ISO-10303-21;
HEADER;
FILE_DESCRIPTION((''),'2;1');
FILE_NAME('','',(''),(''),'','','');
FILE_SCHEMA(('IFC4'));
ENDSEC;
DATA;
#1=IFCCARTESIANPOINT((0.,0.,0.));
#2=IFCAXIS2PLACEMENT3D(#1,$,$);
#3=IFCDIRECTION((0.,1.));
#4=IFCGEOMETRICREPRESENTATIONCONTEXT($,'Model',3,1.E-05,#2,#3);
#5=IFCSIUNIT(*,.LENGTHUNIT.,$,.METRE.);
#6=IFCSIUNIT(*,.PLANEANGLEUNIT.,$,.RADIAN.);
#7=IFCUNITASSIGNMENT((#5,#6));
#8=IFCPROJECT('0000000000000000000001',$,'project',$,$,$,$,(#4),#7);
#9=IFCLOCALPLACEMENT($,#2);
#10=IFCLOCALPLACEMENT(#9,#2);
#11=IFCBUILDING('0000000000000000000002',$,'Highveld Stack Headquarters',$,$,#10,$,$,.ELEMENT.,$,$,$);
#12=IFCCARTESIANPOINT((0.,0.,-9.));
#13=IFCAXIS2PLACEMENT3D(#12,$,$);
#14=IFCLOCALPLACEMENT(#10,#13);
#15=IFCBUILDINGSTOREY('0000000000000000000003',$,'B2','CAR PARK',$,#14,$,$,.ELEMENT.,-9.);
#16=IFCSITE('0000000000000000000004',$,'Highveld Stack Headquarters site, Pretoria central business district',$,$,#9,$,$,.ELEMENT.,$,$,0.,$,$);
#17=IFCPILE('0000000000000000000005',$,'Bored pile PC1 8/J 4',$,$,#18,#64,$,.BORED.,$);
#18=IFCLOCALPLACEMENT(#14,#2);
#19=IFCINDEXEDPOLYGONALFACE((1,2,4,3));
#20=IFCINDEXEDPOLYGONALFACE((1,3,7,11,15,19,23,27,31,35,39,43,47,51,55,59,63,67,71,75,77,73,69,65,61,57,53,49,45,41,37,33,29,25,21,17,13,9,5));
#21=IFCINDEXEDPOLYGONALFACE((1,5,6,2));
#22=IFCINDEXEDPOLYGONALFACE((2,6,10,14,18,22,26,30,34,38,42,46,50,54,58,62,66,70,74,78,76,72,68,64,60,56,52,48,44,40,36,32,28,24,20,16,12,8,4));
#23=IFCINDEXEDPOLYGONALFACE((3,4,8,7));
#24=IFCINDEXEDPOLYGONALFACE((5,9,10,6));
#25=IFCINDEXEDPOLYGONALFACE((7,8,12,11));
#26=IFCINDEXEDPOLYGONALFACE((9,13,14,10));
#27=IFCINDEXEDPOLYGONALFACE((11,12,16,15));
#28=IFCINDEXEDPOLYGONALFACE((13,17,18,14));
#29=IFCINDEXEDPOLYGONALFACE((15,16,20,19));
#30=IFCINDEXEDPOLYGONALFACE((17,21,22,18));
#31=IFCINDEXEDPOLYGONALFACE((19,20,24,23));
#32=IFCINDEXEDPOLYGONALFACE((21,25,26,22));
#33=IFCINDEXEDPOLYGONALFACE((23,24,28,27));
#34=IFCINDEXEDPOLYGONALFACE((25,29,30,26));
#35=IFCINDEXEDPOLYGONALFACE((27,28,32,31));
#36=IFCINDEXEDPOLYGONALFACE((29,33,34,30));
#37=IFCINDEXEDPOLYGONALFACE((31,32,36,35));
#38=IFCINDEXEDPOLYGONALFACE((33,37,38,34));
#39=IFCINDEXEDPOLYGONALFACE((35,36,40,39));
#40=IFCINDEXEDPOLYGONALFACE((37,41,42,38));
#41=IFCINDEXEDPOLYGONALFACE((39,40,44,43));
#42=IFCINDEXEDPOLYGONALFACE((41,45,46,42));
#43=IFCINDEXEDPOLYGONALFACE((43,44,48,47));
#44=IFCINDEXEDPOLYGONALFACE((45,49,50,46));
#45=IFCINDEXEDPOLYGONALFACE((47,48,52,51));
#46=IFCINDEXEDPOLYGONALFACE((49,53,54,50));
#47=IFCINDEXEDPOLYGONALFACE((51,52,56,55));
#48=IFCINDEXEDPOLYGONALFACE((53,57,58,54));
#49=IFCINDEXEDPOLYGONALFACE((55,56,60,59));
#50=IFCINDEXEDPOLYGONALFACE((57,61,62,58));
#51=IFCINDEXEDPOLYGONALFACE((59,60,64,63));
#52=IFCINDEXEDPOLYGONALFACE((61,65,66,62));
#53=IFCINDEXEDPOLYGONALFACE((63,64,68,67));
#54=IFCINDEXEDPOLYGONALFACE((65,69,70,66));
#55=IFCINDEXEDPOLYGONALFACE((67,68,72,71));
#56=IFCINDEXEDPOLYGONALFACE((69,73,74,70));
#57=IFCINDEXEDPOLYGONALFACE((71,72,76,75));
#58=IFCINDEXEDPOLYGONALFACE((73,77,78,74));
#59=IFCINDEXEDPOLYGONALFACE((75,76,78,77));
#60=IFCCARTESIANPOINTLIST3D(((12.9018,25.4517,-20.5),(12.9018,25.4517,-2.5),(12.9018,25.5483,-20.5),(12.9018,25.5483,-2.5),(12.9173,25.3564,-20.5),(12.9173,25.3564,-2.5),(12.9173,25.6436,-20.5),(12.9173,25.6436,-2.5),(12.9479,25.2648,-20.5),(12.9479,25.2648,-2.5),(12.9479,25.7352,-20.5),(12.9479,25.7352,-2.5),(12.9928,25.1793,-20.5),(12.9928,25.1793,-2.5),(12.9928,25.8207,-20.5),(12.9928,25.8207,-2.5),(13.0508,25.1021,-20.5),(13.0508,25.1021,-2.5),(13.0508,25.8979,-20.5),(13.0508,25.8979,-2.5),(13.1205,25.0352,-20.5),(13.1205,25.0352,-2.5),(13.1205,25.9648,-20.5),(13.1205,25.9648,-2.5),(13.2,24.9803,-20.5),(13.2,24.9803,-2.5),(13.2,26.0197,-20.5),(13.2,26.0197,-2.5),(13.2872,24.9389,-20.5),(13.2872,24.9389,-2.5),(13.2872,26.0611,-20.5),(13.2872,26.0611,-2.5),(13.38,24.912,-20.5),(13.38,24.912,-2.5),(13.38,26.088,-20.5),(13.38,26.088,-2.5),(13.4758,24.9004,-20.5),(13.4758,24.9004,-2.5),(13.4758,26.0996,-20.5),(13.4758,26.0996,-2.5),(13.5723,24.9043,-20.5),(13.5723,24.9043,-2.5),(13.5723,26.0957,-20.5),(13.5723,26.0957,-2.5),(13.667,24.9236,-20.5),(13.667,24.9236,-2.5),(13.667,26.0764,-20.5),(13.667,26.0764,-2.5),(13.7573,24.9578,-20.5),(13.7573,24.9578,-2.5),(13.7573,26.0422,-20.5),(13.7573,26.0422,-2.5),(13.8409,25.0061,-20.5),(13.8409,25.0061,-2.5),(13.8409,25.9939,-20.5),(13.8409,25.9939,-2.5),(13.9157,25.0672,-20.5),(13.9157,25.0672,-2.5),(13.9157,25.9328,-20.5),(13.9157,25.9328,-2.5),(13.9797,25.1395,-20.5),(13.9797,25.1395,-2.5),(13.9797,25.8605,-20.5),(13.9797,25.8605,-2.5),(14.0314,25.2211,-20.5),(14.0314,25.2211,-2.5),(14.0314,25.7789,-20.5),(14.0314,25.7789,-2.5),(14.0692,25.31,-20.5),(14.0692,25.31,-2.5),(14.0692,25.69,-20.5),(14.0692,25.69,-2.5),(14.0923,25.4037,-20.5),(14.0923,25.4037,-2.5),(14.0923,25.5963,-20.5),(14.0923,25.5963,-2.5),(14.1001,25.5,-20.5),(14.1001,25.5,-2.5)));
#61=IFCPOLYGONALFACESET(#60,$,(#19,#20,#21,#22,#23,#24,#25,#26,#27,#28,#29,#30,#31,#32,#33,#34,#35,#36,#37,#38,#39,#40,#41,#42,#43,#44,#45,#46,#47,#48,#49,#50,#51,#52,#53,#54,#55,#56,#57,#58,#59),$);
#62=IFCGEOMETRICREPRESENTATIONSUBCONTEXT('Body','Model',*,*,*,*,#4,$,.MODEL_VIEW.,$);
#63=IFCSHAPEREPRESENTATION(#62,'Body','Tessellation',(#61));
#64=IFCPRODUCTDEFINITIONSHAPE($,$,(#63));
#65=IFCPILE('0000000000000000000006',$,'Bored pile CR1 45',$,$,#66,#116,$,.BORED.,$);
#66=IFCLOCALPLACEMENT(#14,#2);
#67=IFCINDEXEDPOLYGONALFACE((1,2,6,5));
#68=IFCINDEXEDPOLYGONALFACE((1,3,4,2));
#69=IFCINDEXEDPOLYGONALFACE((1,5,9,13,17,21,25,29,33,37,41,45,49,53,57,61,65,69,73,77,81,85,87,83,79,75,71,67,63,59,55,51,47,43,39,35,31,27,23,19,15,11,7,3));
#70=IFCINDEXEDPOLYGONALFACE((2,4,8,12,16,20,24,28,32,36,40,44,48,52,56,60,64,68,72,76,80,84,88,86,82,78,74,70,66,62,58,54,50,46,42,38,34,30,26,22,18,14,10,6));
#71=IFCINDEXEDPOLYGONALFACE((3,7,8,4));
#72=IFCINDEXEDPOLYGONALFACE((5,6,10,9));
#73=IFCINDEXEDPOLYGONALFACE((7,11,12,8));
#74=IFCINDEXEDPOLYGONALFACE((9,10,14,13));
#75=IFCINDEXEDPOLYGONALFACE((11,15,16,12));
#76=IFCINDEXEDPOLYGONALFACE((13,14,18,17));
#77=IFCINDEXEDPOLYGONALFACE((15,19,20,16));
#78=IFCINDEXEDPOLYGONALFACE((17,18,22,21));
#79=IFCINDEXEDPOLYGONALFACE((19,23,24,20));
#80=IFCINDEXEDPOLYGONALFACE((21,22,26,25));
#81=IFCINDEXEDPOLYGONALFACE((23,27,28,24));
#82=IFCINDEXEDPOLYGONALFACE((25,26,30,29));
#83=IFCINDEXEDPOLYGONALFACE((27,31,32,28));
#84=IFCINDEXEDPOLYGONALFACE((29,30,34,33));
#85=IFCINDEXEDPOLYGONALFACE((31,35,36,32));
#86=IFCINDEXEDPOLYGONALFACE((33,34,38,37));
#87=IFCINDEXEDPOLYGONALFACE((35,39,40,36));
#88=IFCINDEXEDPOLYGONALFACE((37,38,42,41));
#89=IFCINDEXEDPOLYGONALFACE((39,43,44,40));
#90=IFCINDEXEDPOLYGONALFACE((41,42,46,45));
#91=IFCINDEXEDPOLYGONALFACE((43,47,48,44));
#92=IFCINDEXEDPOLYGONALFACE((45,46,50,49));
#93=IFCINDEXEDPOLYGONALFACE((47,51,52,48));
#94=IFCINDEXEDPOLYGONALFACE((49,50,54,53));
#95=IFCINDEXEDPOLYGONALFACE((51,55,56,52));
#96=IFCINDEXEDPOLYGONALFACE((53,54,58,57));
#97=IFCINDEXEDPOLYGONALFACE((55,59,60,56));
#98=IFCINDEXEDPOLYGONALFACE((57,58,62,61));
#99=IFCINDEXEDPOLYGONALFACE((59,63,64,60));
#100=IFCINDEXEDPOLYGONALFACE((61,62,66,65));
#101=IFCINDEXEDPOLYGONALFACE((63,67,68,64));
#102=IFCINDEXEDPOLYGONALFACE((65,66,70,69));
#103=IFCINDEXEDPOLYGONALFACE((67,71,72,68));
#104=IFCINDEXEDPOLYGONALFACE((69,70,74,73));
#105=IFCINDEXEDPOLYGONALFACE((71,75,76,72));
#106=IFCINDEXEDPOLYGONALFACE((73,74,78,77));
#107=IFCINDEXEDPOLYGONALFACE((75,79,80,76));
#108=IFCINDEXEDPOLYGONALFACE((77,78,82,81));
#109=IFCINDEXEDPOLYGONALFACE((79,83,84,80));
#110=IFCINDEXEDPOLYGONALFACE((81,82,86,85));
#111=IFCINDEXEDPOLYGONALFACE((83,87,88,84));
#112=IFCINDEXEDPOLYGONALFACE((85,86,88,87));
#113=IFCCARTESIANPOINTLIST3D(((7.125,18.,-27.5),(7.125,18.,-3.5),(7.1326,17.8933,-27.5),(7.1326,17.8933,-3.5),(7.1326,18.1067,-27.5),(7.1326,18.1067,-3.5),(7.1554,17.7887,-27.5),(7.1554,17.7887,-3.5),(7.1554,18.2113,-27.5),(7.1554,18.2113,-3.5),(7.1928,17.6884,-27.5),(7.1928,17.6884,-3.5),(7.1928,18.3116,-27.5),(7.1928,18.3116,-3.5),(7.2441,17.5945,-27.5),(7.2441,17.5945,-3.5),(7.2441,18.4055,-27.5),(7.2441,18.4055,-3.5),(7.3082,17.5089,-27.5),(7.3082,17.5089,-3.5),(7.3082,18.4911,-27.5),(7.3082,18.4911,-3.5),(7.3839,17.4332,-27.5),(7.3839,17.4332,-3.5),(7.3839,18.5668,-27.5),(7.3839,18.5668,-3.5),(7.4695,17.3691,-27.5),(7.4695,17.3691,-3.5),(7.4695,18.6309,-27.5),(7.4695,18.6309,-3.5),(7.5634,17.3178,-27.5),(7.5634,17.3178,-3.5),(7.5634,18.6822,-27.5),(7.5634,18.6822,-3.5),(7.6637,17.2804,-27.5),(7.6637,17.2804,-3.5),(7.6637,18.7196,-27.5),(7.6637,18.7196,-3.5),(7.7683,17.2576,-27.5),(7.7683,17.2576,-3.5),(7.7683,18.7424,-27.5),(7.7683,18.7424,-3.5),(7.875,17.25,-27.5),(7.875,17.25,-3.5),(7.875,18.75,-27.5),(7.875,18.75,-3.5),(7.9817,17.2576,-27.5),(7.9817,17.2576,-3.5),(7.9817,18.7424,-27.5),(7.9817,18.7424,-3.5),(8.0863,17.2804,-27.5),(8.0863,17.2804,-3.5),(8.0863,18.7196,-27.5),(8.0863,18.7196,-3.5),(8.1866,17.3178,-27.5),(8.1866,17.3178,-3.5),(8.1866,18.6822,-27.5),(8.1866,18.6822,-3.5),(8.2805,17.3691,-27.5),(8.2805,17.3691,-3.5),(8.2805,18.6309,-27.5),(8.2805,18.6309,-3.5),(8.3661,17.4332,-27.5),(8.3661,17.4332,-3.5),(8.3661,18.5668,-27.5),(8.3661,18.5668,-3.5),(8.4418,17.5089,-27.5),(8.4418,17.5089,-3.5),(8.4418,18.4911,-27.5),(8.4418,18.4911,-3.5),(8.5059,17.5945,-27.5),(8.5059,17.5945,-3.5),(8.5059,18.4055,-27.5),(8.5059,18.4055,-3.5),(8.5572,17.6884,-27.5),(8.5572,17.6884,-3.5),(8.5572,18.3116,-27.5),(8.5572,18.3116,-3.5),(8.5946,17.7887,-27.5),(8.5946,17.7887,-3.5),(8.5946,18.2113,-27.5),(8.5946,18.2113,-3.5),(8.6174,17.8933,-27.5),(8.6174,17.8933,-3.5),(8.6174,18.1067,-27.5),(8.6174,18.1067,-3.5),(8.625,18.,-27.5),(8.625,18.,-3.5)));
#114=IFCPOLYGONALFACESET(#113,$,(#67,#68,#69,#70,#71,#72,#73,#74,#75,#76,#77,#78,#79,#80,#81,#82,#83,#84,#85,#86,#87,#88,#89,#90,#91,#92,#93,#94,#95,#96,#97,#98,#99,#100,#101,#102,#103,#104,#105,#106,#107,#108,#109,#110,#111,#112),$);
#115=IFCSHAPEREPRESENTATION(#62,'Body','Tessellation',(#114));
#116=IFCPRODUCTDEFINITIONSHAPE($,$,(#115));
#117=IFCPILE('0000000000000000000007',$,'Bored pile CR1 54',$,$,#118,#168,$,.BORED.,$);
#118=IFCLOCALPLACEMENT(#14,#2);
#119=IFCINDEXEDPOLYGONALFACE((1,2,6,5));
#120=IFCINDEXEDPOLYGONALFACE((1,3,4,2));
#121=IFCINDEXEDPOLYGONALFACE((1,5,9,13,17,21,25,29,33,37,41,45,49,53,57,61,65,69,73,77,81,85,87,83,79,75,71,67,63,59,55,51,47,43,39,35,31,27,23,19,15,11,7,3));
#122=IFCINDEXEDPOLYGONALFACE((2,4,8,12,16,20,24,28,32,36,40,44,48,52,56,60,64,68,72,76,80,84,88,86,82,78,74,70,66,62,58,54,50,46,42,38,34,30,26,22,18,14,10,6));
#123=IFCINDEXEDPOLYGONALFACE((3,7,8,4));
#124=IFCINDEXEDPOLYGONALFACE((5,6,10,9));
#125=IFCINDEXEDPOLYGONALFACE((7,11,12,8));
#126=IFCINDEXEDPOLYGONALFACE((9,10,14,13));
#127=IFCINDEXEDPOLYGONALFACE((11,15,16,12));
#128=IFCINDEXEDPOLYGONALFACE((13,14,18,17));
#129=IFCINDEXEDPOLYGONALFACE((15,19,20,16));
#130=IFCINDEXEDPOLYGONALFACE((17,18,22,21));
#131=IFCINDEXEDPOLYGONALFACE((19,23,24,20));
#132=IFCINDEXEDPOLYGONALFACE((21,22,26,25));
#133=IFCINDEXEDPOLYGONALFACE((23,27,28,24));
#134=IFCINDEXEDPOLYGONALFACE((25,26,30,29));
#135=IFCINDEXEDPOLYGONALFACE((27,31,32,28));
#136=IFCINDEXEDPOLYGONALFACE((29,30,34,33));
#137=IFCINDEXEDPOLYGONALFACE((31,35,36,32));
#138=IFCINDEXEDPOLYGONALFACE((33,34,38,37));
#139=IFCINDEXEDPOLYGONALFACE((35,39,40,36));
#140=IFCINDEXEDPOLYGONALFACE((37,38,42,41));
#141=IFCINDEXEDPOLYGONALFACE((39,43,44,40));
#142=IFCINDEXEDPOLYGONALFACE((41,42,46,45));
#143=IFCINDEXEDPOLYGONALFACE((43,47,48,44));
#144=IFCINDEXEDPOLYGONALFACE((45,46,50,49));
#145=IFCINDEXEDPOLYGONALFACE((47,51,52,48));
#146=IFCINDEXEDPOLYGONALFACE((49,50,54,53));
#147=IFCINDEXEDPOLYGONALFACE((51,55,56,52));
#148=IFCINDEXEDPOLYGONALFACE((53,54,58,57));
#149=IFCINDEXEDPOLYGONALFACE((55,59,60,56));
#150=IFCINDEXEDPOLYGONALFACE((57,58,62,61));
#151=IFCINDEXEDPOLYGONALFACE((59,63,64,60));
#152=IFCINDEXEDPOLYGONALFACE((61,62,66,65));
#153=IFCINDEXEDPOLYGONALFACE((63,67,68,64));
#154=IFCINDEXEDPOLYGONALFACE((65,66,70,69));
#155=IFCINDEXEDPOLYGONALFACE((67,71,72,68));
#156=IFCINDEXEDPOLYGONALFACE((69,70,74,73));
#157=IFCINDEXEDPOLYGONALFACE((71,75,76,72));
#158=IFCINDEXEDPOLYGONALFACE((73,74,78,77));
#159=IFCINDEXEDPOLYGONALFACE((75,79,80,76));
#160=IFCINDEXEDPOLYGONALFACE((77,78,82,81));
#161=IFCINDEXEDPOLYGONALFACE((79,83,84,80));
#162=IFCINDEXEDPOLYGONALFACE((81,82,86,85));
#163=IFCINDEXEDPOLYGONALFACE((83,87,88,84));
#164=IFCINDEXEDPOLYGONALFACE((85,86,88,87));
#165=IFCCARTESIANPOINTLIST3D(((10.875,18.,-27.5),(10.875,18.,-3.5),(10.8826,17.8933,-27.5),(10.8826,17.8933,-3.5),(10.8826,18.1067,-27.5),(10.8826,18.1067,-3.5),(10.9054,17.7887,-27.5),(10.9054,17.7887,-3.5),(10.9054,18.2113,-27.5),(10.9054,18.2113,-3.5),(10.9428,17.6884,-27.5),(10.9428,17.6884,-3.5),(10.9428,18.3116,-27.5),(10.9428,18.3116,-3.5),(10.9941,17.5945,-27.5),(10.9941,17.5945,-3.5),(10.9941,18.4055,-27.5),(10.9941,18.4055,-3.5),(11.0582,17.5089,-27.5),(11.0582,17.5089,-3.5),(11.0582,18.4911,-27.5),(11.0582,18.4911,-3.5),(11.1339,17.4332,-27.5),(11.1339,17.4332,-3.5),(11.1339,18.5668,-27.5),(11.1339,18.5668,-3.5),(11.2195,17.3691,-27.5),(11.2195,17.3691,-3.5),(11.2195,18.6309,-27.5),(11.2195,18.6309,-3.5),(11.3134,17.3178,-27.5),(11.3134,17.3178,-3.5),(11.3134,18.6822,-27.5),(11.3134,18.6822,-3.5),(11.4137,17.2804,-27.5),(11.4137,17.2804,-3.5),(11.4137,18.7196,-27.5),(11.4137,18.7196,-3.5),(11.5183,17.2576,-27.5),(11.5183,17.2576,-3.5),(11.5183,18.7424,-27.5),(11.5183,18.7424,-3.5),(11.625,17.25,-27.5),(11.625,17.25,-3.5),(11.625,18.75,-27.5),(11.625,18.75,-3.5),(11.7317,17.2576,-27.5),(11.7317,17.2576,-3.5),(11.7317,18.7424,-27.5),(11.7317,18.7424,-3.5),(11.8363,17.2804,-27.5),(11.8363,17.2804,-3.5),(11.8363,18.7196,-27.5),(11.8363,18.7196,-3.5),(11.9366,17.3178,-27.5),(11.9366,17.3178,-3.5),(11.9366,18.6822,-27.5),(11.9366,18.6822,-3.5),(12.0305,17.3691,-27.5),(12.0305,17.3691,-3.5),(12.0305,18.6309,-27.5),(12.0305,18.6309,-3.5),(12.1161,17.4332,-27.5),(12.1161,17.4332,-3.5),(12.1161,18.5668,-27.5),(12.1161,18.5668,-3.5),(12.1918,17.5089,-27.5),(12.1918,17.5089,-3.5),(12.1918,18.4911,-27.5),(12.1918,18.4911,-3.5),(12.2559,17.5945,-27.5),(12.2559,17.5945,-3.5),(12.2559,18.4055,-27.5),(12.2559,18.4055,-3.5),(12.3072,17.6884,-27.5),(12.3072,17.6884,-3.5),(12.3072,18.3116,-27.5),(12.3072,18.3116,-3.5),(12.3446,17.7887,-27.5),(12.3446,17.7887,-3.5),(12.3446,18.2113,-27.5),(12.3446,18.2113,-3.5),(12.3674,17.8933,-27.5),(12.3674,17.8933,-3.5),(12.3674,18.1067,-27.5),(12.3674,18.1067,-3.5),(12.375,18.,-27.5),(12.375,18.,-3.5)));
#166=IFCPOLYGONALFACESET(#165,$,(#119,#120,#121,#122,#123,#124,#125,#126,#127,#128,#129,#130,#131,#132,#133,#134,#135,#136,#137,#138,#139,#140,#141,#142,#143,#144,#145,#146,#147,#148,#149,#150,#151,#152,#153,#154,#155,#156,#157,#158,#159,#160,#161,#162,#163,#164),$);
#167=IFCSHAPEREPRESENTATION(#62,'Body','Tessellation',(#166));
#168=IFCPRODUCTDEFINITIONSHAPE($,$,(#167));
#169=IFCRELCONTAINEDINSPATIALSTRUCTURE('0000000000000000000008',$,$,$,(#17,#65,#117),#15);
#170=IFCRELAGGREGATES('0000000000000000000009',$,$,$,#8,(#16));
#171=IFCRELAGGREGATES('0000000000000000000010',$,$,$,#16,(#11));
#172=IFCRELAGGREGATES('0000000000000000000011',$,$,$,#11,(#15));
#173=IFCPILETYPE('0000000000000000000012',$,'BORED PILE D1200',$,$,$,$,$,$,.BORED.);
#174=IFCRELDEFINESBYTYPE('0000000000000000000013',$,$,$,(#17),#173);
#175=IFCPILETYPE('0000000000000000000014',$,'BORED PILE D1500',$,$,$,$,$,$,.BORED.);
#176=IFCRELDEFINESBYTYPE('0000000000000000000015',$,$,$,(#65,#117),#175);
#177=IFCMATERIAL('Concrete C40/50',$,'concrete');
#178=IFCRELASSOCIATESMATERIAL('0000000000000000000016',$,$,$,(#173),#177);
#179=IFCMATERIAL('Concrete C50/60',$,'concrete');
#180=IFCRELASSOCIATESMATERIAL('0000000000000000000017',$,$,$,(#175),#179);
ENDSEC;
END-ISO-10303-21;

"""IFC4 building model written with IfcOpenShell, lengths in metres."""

from ifc_helpers import new_model, si_unit, direction, frame, origin, origin_2d, place, context, subcontext, project, spatial, circle, extrude, material, type_object, element, save


model = new_model("IFC4")

# Units and contexts
model_context = context("Model", 3, precision=1e-05, world=origin(), true_north=direction((0.0, 1.0)))
body_context = subcontext(model_context, "Body", "Model", "MODEL_VIEW")
ifc_project = project(units=[si_unit("LENGTHUNIT", "METRE"), si_unit("PLANEANGLEUNIT", "RADIAN")], contexts=[model_context])

# Site, building, storey
site_placement = place(None, origin())
site = spatial("IfcSite", under=ifc_project, at=site_placement, Name="Highveld Stack Headquarters site, Pretoria central business district", CompositionType="ELEMENT", RefElevation=0.0)
building_placement = place(site_placement, origin())
building = spatial("IfcBuilding", under=site, at=building_placement, Name="Highveld Stack Headquarters", CompositionType="ELEMENT")
storey_placement = place(building_placement, frame((0.0, 0.0, -9.0)))
storey = spatial("IfcBuildingStorey", under=building, at=storey_placement, Name="B2", Description="CAR PARK", CompositionType="ELEMENT", Elevation=-9.0)

# Piles
ifc_material_1 = material(Name="Concrete C40/50", Category="concrete")
pile_type_1 = type_object("IfcPileType", Name="BORED PILE D1200", PredefinedType="BORED", material=ifc_material_1)
for number, where, z_axis, x_axis, name in (
    (1, (13.5, 25.5, -2.5), (0.0, 0.0, -1.0), (1.0, 0.0, 0.0), "Bored pile PC1 8/J 4"),
):
    element("IfcPile", number, at=place(storey_placement, frame(where, z_axis=z_axis, x_axis=x_axis)), inside=storey, type_object=pile_type_1, Name=name, PredefinedType="BORED", context=body_context, shape_type="SweptSolid", body=[
        extrude(circle(Radius=0.6001, at=origin_2d()), origin(), (0.0, 0.0, 1.0), 18.0),
    ])
ifc_material_2 = material(Name="Concrete C50/60", Category="concrete")
pile_type_2 = type_object("IfcPileType", Name="BORED PILE D1500", PredefinedType="BORED", material=ifc_material_2)
for number, where, z_axis, x_axis, name in (
    (2, (7.875, 18.0, -3.5), (0.0, 0.0, -1.0), (1.0, 0.0, 0.0), "Bored pile CR1 45"),
    (3, (11.625, 18.0, -3.5), (0.0, 0.0, -1.0), (1.0, 0.0, 0.0), "Bored pile CR1 54"),
):
    element("IfcPile", number, at=place(storey_placement, frame(where, z_axis=z_axis, x_axis=x_axis)), inside=storey, type_object=pile_type_2, Name=name, PredefinedType="BORED", context=body_context, shape_type="SweptSolid", body=[
        extrude(circle(Radius=0.75, at=origin_2d()), origin(), (0.0, 0.0, 1.0), 24.0),
    ])

save(model, "model.ifc")
